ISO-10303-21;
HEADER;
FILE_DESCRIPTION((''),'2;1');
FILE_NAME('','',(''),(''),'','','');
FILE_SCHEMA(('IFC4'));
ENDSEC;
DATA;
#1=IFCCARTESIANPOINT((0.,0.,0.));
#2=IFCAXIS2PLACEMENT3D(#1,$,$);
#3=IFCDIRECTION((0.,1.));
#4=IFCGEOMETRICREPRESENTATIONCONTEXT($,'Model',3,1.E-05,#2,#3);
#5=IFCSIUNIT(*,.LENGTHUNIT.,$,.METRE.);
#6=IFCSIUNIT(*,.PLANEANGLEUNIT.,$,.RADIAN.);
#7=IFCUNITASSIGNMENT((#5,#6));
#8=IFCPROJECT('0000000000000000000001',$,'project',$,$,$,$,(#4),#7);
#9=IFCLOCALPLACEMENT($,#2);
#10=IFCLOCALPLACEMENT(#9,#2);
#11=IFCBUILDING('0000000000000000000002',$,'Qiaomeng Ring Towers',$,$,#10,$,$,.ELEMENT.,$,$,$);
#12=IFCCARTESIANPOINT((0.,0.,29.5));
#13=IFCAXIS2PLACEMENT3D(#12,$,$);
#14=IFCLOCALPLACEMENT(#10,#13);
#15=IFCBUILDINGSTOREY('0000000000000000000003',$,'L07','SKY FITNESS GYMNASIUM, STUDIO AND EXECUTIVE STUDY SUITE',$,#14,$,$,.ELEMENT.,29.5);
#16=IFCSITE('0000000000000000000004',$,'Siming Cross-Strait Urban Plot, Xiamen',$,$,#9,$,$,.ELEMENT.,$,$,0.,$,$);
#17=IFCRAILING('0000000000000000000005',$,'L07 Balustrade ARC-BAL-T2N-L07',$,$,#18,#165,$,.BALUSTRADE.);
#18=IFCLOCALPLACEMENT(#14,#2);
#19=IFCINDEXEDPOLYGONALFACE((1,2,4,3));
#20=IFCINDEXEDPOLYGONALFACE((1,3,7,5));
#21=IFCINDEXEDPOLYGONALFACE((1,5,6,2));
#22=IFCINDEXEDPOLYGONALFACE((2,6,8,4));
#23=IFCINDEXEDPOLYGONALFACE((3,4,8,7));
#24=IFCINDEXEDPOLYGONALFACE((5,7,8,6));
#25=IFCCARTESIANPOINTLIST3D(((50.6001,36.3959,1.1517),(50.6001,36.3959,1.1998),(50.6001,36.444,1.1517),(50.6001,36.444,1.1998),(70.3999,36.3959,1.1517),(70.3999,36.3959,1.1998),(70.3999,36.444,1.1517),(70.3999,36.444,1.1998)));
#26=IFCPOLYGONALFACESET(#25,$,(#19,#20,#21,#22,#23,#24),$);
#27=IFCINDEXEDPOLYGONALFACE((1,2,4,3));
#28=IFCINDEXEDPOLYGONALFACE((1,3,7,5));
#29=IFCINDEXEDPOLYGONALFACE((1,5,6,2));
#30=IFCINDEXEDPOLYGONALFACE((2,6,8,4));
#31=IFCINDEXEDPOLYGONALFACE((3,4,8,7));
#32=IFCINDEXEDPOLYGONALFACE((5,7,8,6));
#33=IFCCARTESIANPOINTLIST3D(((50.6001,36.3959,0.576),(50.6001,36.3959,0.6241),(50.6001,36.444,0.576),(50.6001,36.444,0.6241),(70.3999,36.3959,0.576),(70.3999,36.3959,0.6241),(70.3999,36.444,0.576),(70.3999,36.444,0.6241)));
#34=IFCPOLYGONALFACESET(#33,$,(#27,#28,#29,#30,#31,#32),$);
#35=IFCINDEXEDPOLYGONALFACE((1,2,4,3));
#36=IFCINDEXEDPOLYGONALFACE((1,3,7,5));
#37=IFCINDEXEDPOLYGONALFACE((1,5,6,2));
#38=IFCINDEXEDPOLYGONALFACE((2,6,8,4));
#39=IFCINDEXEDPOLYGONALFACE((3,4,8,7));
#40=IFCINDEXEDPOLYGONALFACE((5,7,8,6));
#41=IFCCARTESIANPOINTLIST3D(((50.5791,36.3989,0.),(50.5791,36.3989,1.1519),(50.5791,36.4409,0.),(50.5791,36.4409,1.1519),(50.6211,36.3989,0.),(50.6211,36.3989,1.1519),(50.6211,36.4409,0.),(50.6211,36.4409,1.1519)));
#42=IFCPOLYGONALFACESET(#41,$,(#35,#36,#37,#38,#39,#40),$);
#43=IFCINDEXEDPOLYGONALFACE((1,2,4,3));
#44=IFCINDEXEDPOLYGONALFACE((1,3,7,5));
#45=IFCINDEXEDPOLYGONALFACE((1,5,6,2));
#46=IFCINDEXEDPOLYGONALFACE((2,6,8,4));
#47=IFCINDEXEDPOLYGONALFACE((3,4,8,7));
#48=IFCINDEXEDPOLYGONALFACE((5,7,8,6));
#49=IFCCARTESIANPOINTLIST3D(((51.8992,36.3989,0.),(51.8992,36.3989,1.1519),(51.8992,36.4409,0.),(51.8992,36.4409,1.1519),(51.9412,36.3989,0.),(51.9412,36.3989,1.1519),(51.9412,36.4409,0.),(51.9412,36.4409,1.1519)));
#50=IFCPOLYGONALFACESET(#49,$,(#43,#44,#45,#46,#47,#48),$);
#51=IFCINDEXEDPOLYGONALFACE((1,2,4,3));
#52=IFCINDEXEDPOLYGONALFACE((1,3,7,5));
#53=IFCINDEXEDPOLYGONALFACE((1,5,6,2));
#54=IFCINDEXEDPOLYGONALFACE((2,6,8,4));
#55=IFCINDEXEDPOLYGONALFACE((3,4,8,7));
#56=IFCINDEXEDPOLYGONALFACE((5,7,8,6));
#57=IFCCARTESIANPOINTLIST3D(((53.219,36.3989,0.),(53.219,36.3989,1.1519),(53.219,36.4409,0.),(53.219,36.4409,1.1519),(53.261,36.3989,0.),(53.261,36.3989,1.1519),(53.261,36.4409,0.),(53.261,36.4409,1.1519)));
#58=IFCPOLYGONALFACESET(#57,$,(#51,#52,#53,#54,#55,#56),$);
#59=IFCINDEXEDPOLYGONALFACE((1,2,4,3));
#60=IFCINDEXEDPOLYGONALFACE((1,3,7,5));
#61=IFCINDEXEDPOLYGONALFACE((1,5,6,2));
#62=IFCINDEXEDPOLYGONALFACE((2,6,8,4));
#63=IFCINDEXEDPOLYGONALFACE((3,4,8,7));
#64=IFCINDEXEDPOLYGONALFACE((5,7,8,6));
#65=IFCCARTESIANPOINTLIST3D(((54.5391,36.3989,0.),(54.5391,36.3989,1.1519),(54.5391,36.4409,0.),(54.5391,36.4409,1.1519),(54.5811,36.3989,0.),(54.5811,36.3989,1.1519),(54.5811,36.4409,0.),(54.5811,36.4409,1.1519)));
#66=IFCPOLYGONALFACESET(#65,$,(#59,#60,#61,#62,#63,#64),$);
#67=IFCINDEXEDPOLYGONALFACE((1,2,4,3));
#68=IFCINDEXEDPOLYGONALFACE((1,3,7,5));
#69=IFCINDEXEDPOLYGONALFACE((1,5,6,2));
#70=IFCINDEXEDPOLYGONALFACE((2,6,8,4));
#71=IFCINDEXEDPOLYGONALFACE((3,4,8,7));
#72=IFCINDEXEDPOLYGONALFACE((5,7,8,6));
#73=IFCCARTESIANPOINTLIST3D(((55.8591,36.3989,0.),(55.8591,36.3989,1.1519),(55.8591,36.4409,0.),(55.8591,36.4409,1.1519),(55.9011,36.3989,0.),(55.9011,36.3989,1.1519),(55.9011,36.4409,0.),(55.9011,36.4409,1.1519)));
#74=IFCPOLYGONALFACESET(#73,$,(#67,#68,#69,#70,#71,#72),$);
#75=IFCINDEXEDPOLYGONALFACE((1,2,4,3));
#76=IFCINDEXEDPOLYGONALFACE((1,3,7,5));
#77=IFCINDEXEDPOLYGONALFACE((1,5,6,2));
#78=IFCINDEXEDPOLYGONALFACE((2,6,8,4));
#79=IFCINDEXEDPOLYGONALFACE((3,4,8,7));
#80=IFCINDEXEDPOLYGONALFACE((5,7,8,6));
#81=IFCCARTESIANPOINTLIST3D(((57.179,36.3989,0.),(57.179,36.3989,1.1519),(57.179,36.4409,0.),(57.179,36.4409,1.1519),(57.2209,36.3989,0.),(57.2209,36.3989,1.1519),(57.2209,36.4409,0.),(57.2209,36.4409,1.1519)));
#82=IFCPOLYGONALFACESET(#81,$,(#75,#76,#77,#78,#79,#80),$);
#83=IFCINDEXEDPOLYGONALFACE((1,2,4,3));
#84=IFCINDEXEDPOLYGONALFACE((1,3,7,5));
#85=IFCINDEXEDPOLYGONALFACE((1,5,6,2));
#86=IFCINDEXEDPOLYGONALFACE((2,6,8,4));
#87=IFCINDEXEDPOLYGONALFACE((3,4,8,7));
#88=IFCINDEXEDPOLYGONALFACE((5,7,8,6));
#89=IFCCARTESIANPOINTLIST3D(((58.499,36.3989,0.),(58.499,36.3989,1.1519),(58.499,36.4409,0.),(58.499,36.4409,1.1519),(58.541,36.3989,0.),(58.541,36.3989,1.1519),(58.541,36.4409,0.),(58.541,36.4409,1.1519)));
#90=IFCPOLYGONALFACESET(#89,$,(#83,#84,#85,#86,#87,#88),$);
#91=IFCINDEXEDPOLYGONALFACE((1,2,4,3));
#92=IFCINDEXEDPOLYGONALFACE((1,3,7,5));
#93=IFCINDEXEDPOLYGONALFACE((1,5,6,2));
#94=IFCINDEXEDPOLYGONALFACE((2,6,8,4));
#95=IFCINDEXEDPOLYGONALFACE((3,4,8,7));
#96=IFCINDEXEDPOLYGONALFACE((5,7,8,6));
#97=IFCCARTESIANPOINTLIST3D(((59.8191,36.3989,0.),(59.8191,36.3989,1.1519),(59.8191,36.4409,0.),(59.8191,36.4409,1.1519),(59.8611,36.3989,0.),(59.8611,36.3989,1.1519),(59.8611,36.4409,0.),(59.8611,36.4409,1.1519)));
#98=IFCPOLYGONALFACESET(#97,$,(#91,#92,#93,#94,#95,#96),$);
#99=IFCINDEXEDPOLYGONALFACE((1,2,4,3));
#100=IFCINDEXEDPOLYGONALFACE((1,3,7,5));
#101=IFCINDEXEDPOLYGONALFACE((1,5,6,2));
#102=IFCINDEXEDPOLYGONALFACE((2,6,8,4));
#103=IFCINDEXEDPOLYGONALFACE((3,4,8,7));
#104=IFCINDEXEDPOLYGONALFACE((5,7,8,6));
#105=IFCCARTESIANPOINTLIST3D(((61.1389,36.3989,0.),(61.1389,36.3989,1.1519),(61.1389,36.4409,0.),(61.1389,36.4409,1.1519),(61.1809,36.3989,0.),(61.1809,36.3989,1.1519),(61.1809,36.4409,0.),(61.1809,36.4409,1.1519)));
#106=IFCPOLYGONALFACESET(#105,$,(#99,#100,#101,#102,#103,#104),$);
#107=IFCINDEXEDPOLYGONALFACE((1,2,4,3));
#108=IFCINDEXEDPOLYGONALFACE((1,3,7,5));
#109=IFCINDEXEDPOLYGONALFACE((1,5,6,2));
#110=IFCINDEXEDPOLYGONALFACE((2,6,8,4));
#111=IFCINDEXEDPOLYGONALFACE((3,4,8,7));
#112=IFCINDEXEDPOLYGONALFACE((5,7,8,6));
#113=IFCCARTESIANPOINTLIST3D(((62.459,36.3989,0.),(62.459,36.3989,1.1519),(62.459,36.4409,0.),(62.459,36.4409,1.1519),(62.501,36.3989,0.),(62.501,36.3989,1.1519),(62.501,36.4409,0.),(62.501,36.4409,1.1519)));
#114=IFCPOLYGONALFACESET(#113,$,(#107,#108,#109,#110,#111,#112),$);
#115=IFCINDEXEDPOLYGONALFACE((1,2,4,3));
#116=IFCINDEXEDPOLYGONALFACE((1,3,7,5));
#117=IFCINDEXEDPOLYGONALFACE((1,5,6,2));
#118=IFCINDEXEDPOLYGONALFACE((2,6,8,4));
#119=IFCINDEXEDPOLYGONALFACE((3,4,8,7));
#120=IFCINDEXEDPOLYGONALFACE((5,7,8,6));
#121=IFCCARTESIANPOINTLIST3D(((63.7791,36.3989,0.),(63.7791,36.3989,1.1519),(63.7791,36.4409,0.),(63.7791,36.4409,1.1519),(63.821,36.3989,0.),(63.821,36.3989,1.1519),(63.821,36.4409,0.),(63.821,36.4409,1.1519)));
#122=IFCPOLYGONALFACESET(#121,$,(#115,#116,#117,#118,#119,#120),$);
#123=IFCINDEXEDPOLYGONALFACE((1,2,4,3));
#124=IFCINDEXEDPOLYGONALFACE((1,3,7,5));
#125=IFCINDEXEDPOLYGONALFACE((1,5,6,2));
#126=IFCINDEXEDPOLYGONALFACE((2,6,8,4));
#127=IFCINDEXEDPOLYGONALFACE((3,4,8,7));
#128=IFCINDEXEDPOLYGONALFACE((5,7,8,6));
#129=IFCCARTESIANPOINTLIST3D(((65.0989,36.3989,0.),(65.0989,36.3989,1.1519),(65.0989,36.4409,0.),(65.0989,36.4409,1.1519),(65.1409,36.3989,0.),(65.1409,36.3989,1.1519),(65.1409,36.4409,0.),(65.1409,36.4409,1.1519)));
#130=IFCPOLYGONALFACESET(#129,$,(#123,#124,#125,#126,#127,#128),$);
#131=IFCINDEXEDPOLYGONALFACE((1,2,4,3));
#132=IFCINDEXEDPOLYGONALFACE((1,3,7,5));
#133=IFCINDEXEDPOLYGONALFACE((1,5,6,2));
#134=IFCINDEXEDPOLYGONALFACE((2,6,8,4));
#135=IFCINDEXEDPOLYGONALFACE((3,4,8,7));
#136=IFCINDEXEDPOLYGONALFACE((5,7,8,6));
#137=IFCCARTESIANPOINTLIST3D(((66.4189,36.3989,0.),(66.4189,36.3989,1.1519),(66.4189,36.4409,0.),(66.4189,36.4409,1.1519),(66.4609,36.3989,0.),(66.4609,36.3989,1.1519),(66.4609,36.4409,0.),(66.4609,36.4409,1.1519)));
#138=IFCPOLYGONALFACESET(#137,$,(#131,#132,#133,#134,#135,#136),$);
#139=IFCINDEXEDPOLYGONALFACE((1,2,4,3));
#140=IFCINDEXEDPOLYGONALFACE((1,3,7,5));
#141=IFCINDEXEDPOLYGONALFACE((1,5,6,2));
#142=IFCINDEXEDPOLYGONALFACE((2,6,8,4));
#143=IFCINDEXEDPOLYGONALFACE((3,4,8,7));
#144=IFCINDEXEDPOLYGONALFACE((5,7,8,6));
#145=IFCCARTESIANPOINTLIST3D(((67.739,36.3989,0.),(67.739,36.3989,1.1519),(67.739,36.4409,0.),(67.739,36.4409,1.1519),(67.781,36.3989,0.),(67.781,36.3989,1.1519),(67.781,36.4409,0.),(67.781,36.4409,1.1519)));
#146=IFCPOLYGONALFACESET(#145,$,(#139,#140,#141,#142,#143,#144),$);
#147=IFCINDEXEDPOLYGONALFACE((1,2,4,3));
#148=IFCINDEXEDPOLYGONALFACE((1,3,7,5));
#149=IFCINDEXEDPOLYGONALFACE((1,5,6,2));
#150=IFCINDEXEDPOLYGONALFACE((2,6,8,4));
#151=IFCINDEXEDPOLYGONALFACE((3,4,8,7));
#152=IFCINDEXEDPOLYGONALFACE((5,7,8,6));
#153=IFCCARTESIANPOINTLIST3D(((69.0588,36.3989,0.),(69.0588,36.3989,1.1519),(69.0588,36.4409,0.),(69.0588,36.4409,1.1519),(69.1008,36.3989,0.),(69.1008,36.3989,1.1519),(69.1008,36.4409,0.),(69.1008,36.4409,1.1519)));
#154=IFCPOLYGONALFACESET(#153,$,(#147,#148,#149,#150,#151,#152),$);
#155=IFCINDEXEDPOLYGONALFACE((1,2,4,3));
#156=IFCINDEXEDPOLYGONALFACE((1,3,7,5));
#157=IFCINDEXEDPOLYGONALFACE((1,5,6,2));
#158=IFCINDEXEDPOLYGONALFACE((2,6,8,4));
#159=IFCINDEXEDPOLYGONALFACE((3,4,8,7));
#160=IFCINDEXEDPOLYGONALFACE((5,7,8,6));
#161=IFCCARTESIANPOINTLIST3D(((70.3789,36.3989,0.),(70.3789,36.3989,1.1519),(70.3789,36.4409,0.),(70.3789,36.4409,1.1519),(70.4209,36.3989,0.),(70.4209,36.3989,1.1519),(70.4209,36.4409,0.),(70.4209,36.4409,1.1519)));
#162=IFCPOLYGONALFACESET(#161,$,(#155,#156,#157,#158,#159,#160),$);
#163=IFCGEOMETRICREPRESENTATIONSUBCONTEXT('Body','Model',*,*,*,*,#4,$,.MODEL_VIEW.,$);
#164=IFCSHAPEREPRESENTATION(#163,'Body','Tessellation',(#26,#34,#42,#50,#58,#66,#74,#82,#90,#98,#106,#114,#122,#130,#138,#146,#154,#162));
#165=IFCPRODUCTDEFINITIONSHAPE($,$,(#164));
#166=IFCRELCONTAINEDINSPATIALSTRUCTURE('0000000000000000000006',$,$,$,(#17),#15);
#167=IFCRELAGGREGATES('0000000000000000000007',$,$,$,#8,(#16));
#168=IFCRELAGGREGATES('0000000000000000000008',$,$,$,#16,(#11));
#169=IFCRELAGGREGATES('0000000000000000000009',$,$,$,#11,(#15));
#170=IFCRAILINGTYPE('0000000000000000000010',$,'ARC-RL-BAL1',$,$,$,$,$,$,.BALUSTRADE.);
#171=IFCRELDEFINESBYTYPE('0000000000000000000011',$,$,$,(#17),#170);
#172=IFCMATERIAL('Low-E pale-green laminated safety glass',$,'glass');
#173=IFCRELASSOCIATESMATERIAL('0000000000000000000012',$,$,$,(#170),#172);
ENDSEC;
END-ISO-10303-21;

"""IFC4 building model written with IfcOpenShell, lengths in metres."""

from ifc_helpers import new_model, si_unit, direction, frame, origin, origin_2d, place, context, subcontext, project, spatial, rectangle, extrude, material, type_object, element, save


model = new_model("IFC4")

# Units and contexts
model_context = context("Model", 3, precision=1e-05, world=origin(), true_north=direction((0.0, 1.0)))
body_context = subcontext(model_context, "Body", "Model", "MODEL_VIEW")
ifc_project = project(units=[si_unit("LENGTHUNIT", "METRE"), si_unit("PLANEANGLEUNIT", "RADIAN")], contexts=[model_context])

# Site, building, storey
site_placement = place(None, origin())
site = spatial("IfcSite", under=ifc_project, at=site_placement, Name="Siming Cross-Strait Urban Plot, Xiamen", CompositionType="ELEMENT", RefElevation=0.0)
building_placement = place(site_placement, origin())
building = spatial("IfcBuilding", under=site, at=building_placement, Name="Qiaomeng Ring Towers", CompositionType="ELEMENT")
storey_placement = place(building_placement, frame((0.0, 0.0, 29.5)))
storey = spatial("IfcBuildingStorey", under=building, at=storey_placement, Name="L07", Description="SKY FITNESS GYMNASIUM, STUDIO AND EXECUTIVE STUDY SUITE", CompositionType="ELEMENT", Elevation=29.5)

# Railing
ifc_material_1 = material(Name="Low-E pale-green laminated safety glass", Category="glass")
railing_type = type_object("IfcRailingType", Name="ARC-RL-BAL1", PredefinedType="BALUSTRADE", material=ifc_material_1)
railing_1_placement = place(storey_placement, frame((50.6001, 36.4199, 0.0)))
element("IfcRailing", 1, at=railing_1_placement, inside=storey, type_object=railing_type, Name="L07 Balustrade ARC-BAL-T2N-L07", PredefinedType="BALUSTRADE", context=body_context, shape_type="SweptSolid", body=[
    extrude(rectangle(XDim=0.0481, YDim=0.0481, at=origin_2d()), frame((0.0, 0.0, 1.1758), z_axis=(1.0, 0.0, 0.0), x_axis=(0.0, 1.0, 0.0)), (0.0, 0.0, 1.0), 19.7998),
    extrude(rectangle(XDim=0.0481, YDim=0.0481, at=origin_2d()), frame((0.0, 0.0, 0.6001), z_axis=(1.0, 0.0, 0.0), x_axis=(0.0, 1.0, 0.0)), (0.0, 0.0, 1.0), 19.7998),
    extrude(rectangle(XDim=0.042, YDim=0.042, at=origin_2d()), origin(), (0.0, 0.0, 1.0), 1.1519),
    extrude(rectangle(XDim=0.042, YDim=0.042, at=origin_2d()), frame((1.3201, 0.0, 0.0)), (0.0, 0.0, 1.0), 1.1519),
    extrude(rectangle(XDim=0.042, YDim=0.042, at=origin_2d()), frame((2.6399, 0.0, 0.0)), (0.0, 0.0, 1.0), 1.1519),
    extrude(rectangle(XDim=0.042, YDim=0.042, at=origin_2d()), frame((3.96, 0.0, 0.0)), (0.0, 0.0, 1.0), 1.1519),
    extrude(rectangle(XDim=0.042, YDim=0.042, at=origin_2d()), frame((5.28, 0.0, 0.0)), (0.0, 0.0, 1.0), 1.1519),
    extrude(rectangle(XDim=0.042, YDim=0.042, at=origin_2d()), frame((6.5999, 0.0, 0.0)), (0.0, 0.0, 1.0), 1.1519),
    extrude(rectangle(XDim=0.042, YDim=0.042, at=origin_2d()), frame((7.9199, 0.0, 0.0)), (0.0, 0.0, 1.0), 1.1519),
    extrude(rectangle(XDim=0.042, YDim=0.042, at=origin_2d()), frame((9.24, 0.0, 0.0)), (0.0, 0.0, 1.0), 1.1519),
    extrude(rectangle(XDim=0.042, YDim=0.042, at=origin_2d()), frame((10.5598, 0.0, 0.0)), (0.0, 0.0, 1.0), 1.1519),
    extrude(rectangle(XDim=0.042, YDim=0.042, at=origin_2d()), frame((11.8799, 0.0, 0.0)), (0.0, 0.0, 1.0), 1.1519),
    extrude(rectangle(XDim=0.042, YDim=0.042, at=origin_2d()), frame((13.2, 0.0, 0.0)), (0.0, 0.0, 1.0), 1.1519),
    extrude(rectangle(XDim=0.042, YDim=0.042, at=origin_2d()), frame((14.5198, 0.0, 0.0)), (0.0, 0.0, 1.0), 1.1519),
    extrude(rectangle(XDim=0.042, YDim=0.042, at=origin_2d()), frame((15.8398, 0.0, 0.0)), (0.0, 0.0, 1.0), 1.1519),
    extrude(rectangle(XDim=0.042, YDim=0.042, at=origin_2d()), frame((17.1599, 0.0, 0.0)), (0.0, 0.0, 1.0), 1.1519),
    extrude(rectangle(XDim=0.042, YDim=0.042, at=origin_2d()), frame((18.4797, 0.0, 0.0)), (0.0, 0.0, 1.0), 1.1519),
    extrude(rectangle(XDim=0.042, YDim=0.042, at=origin_2d()), frame((19.7998, 0.0, 0.0)), (0.0, 0.0, 1.0), 1.1519),
])

save(model, "model.ifc")
